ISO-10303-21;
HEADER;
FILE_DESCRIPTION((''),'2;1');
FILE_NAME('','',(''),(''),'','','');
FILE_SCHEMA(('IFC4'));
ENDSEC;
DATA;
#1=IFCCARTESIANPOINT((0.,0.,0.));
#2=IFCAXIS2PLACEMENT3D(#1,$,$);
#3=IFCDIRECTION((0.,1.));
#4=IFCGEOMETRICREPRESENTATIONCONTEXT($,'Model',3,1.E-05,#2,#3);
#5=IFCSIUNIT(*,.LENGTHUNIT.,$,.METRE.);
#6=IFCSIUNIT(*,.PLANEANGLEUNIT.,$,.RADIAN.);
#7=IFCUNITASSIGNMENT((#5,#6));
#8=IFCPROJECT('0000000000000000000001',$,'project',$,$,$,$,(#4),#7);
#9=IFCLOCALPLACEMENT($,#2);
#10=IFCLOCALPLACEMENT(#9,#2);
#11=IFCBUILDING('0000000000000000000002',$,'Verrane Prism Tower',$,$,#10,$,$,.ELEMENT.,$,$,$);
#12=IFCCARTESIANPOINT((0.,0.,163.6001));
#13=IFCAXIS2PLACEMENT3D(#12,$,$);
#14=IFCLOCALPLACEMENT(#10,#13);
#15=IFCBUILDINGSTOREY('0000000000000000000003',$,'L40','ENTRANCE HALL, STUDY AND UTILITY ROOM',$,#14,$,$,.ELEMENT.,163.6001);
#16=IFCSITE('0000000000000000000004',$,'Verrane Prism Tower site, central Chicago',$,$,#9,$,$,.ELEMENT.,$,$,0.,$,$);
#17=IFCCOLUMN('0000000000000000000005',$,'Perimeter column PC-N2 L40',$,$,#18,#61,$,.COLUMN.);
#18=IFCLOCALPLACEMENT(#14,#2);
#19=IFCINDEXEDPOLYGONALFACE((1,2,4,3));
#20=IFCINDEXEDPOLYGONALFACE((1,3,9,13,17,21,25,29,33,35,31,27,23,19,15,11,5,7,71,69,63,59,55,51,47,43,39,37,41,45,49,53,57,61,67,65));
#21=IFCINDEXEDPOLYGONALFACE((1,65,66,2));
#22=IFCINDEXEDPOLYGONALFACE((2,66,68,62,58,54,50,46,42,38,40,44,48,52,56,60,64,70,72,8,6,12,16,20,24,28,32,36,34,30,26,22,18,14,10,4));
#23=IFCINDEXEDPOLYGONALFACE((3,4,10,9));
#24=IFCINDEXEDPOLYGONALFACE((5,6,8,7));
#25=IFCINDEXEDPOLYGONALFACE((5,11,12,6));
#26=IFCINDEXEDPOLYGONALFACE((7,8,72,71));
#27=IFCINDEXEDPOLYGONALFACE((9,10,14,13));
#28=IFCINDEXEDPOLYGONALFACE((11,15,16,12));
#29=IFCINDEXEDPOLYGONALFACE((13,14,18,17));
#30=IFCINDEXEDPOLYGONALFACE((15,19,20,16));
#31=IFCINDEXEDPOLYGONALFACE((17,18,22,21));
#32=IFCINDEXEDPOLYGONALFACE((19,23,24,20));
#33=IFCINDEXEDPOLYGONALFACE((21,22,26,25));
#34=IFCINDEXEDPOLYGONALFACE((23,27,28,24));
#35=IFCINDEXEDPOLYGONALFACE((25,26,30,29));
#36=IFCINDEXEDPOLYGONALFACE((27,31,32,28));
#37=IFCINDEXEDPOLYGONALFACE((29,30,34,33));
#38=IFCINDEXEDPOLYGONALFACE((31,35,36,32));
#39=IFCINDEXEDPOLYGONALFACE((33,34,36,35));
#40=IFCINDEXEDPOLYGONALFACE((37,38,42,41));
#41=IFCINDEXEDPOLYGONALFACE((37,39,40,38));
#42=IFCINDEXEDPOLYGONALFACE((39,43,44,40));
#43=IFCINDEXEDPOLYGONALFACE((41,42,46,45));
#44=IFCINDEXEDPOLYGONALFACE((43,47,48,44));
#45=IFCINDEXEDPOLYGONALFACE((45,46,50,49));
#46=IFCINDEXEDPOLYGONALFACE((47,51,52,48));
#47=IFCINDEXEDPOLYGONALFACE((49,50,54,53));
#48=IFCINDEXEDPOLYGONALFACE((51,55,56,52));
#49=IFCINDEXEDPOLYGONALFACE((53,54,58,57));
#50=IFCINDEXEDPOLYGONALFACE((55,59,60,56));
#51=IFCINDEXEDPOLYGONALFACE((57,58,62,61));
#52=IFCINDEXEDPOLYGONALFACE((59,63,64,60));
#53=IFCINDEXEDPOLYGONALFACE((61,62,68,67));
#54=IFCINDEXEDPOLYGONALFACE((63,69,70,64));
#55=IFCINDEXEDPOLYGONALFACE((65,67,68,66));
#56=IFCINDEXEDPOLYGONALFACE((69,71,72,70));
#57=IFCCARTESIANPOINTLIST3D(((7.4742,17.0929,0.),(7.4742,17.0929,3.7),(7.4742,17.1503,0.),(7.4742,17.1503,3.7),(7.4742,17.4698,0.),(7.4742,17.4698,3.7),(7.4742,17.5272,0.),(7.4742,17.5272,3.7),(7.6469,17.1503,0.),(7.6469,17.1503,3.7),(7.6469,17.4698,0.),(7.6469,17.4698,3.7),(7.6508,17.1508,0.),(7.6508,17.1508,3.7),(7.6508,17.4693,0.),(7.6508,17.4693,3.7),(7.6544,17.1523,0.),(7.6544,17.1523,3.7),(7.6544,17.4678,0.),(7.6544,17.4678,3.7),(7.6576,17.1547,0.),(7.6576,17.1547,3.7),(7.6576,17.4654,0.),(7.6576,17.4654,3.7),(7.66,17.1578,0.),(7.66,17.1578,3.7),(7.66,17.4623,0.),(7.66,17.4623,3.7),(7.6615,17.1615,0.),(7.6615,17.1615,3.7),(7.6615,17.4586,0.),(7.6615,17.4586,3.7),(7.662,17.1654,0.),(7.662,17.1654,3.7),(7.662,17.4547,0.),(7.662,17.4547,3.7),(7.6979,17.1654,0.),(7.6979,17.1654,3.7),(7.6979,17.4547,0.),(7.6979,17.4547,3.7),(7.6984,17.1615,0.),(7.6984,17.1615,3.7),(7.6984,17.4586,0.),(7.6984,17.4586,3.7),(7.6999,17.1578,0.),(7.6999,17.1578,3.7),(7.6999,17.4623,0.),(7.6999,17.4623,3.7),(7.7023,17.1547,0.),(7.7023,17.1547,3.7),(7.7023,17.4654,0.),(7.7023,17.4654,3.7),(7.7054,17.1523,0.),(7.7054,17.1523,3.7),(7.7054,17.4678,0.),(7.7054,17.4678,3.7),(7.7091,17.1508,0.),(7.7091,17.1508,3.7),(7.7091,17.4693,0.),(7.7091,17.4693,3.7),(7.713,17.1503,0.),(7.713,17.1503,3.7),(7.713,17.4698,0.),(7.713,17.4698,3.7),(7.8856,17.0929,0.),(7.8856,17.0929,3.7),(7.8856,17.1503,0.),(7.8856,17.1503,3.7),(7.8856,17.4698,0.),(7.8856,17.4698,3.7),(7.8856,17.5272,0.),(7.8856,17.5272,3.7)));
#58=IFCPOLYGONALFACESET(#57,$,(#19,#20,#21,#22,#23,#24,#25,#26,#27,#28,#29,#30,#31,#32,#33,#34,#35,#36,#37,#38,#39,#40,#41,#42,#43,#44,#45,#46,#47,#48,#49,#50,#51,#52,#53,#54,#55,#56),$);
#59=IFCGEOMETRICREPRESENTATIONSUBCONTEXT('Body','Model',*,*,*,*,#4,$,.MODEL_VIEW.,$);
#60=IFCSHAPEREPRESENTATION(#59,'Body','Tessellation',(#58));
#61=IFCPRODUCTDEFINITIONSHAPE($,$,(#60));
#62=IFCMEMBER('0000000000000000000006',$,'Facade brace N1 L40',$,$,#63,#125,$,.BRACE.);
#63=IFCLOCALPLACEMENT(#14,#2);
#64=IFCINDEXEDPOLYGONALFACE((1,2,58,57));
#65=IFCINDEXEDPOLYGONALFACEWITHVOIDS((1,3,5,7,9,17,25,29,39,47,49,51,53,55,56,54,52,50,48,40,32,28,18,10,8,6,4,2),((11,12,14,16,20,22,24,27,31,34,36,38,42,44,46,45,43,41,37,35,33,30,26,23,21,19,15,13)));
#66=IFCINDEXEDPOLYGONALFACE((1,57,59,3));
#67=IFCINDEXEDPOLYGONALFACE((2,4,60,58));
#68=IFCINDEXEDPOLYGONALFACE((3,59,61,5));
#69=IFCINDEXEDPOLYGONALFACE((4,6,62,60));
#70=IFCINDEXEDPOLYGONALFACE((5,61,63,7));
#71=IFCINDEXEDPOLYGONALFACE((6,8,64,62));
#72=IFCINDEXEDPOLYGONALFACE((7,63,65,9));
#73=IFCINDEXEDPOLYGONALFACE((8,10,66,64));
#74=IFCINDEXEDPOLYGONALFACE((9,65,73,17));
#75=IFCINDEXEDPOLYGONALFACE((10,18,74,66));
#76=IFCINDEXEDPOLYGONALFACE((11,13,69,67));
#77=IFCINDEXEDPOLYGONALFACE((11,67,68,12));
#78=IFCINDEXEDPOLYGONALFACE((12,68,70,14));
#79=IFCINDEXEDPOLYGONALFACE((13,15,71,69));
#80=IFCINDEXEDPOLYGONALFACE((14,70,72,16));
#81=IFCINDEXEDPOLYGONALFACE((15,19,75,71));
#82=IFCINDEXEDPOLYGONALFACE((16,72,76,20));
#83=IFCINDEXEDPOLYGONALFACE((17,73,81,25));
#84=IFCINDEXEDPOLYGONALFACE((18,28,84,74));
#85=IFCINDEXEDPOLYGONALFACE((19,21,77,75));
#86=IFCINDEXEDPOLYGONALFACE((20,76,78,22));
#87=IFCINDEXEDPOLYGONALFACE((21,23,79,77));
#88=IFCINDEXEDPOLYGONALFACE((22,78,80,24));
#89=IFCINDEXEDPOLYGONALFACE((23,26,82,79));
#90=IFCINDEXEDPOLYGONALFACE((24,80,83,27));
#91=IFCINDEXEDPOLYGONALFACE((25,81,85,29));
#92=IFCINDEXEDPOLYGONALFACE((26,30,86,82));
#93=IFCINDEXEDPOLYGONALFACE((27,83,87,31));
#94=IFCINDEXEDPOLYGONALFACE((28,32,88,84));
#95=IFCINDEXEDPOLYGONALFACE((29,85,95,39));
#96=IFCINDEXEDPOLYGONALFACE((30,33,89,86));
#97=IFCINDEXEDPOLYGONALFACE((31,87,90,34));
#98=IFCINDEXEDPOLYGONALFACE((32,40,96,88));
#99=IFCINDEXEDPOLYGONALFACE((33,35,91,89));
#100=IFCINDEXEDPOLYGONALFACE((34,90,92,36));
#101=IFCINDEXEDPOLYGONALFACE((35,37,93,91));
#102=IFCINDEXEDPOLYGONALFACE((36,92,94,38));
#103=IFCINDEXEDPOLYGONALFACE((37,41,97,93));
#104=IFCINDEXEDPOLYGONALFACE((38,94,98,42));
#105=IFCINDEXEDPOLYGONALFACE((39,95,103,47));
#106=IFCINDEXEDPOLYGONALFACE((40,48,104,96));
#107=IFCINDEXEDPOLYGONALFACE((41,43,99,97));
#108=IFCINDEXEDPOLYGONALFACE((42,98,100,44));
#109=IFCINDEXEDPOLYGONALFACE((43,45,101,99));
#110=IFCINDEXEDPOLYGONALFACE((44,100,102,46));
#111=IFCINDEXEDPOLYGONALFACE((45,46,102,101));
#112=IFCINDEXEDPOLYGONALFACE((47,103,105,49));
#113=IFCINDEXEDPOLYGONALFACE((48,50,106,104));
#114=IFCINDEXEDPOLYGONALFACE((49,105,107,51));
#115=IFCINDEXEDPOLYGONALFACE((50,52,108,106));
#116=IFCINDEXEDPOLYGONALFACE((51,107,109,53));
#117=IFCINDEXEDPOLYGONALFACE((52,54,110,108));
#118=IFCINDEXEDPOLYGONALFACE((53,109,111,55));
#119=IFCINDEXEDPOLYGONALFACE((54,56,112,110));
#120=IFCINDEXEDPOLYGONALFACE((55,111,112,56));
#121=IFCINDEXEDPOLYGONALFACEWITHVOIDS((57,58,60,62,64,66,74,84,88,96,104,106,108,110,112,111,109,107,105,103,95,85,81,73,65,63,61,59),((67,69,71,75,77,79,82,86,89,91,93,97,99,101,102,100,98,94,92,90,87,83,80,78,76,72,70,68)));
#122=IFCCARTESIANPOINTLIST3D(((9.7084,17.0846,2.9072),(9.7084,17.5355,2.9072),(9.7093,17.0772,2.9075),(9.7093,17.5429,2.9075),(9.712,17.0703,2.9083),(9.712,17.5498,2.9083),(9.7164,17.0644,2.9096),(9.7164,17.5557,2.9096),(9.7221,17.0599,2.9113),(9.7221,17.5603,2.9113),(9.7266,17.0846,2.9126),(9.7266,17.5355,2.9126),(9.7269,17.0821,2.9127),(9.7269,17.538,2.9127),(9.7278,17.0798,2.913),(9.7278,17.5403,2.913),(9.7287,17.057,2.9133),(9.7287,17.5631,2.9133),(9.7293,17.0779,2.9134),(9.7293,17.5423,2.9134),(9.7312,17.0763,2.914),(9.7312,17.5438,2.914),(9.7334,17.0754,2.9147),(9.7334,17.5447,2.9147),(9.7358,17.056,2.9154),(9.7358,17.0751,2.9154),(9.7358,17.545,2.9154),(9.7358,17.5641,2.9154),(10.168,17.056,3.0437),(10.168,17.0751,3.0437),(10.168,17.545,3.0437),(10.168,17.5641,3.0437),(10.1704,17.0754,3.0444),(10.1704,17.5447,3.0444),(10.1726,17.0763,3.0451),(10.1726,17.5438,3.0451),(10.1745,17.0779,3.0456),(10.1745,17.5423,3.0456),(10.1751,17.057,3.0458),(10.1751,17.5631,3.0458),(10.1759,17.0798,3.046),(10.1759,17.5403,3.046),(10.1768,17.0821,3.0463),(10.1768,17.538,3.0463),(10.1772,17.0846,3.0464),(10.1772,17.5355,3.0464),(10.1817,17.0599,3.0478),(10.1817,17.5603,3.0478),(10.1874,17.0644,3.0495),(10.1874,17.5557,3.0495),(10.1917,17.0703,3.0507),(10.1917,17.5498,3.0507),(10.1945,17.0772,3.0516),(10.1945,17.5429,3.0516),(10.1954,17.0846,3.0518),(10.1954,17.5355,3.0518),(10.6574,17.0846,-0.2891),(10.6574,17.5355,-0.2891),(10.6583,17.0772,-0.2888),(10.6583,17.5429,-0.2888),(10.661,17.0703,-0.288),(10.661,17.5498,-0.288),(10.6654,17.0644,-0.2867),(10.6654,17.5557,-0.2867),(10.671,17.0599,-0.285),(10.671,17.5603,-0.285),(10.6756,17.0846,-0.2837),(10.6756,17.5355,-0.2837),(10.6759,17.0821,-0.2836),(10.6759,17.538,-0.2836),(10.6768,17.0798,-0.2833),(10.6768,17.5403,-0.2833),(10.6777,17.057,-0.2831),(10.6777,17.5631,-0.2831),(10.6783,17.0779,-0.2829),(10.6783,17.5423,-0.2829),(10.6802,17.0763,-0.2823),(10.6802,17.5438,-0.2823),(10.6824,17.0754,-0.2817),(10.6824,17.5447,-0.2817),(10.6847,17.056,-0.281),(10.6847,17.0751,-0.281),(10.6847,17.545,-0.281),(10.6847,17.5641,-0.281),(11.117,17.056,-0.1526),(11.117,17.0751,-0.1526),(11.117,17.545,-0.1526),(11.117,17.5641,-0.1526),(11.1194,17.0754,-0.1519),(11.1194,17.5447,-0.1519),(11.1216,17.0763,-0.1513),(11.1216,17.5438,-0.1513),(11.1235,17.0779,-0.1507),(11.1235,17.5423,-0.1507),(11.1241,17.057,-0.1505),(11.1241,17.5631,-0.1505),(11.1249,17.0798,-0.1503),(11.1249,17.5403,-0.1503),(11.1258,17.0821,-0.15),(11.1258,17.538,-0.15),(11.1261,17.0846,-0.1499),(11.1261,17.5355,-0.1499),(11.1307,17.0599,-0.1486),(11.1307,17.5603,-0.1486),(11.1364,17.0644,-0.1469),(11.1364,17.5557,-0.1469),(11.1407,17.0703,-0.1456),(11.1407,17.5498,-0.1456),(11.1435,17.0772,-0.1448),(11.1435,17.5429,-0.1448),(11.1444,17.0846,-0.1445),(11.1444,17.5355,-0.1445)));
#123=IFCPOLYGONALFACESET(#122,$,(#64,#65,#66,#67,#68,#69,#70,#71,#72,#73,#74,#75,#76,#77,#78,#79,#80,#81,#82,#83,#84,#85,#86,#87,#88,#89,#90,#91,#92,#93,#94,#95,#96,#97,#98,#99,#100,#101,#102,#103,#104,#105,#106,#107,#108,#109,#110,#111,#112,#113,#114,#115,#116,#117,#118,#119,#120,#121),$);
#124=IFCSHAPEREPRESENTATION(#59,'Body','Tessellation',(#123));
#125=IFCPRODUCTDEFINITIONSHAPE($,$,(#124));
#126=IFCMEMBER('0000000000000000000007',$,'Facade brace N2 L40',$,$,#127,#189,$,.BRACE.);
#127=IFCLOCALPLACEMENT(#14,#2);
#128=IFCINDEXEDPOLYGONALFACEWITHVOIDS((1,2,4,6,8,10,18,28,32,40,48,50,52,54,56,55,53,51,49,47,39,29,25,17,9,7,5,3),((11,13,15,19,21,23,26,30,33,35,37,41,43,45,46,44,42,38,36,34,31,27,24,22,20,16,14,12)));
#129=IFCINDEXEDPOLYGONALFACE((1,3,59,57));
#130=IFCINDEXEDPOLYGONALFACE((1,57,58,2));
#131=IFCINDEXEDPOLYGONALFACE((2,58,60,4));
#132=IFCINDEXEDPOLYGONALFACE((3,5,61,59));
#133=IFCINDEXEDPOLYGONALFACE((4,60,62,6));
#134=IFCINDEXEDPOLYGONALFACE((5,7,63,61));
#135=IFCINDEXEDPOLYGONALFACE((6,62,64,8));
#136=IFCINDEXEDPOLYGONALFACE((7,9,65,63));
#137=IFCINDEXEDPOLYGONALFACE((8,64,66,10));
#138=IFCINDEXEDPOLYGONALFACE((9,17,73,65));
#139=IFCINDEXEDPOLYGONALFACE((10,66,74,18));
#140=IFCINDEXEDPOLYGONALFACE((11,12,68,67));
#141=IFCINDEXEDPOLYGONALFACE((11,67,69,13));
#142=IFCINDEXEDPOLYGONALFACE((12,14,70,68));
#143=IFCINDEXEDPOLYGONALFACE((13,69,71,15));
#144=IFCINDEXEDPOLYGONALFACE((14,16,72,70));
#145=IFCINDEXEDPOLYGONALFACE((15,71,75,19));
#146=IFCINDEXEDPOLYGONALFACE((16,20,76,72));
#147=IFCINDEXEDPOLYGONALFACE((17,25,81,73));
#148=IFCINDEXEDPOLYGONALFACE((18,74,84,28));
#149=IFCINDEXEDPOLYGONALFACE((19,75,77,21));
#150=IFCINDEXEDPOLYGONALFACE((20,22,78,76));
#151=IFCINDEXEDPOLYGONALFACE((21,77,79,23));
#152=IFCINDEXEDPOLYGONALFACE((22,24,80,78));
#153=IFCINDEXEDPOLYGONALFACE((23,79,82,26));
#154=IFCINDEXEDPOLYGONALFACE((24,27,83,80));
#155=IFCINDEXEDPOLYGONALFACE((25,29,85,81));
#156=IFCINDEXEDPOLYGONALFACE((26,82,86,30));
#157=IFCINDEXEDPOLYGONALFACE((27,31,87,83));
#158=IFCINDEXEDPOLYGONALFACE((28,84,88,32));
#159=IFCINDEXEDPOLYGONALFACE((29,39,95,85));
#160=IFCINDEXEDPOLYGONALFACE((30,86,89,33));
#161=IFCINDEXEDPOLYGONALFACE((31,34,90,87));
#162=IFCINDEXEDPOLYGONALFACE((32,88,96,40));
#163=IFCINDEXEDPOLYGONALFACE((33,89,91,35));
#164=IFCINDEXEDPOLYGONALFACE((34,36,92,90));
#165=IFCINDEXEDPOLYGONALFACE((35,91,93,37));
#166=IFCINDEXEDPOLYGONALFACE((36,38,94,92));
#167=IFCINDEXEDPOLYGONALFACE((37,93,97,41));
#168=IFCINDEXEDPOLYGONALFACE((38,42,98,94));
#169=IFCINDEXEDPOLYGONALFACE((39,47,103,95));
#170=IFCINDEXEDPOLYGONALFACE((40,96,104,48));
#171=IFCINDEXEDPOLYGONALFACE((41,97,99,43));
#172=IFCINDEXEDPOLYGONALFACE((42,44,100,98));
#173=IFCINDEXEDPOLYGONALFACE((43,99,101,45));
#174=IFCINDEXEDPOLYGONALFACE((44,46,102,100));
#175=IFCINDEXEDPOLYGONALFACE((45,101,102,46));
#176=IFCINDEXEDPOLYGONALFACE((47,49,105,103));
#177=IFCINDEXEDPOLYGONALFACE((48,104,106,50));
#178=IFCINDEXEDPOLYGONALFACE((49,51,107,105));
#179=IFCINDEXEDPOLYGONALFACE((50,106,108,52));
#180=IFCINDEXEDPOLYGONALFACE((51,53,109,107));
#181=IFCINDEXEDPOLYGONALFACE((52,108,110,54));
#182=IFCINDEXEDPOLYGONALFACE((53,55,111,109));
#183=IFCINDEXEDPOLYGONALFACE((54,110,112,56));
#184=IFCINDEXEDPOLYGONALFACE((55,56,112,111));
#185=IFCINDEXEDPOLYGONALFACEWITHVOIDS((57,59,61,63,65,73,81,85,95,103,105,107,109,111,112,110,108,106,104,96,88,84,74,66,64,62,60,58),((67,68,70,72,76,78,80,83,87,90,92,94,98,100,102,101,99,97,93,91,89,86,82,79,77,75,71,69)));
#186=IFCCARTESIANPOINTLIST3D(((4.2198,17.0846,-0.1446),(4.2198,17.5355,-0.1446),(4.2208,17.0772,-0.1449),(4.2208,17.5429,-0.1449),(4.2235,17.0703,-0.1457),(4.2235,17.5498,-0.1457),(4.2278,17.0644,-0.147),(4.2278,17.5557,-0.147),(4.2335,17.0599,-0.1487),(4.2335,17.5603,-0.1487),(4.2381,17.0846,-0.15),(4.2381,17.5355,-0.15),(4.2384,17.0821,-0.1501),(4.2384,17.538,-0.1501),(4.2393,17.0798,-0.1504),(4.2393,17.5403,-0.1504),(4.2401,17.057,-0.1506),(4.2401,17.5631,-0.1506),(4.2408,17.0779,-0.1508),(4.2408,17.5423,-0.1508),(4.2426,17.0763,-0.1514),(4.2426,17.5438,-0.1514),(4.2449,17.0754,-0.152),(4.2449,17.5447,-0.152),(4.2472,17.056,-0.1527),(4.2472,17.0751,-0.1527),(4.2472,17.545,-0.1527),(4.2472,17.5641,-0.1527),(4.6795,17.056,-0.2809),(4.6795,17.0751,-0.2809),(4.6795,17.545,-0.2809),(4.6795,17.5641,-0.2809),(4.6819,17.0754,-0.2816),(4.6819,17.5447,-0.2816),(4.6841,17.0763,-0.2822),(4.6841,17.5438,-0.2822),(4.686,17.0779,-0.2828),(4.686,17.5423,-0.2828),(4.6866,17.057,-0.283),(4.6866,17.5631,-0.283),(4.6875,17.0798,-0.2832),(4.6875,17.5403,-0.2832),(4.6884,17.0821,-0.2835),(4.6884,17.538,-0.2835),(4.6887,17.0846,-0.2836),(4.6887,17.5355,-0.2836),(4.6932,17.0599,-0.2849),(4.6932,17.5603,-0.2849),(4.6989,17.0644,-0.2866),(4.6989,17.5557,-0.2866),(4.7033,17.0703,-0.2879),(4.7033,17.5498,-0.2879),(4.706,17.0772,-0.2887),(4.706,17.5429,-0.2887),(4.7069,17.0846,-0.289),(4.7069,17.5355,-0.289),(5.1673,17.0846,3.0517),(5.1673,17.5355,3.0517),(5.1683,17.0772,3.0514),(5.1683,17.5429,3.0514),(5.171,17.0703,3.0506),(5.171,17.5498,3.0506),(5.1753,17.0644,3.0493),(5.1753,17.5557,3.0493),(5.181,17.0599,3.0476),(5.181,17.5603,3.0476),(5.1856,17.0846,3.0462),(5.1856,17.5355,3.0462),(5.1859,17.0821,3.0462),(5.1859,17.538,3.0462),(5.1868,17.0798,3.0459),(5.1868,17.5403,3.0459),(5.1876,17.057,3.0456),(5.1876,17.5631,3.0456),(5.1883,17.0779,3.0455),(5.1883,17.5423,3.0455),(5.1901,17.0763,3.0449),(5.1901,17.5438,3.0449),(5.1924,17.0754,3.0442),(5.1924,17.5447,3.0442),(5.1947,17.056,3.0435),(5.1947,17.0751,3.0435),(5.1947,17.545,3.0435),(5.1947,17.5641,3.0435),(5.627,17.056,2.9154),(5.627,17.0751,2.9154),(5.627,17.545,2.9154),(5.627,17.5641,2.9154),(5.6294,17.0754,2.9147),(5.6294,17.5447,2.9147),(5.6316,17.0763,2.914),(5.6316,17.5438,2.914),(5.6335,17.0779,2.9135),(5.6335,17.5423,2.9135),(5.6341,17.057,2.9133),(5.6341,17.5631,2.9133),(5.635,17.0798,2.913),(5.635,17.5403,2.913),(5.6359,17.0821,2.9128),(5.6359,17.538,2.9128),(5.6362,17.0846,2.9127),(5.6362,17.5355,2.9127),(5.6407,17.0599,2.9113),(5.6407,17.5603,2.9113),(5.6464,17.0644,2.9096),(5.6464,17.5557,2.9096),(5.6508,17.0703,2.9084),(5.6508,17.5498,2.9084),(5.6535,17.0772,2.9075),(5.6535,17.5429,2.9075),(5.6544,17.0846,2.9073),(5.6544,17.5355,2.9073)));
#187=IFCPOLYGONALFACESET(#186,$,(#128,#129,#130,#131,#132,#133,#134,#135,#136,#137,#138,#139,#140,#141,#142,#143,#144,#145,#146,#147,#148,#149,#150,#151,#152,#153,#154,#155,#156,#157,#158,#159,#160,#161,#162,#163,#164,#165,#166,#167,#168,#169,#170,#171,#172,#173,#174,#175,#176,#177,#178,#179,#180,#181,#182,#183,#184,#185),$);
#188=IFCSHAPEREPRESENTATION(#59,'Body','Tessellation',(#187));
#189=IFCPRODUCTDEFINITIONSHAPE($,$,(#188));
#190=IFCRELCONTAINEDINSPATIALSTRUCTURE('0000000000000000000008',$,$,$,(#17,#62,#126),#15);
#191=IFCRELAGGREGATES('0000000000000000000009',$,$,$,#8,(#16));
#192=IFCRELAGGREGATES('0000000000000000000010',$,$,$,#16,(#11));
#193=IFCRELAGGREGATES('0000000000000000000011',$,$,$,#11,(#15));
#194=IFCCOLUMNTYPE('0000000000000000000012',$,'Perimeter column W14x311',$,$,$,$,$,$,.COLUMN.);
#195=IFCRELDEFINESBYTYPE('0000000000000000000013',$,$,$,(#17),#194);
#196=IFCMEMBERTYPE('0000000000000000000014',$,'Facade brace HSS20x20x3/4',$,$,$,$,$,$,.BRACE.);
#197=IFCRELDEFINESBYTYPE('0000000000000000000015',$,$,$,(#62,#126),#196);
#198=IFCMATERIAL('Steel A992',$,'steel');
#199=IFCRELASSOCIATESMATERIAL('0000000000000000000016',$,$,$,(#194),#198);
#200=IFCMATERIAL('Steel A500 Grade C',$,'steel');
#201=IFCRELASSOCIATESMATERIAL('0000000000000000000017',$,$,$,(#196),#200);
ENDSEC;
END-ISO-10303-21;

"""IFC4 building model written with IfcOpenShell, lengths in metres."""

from ifc_helpers import new_model, si_unit, direction, frame, origin, origin_2d, place, context, subcontext, project, spatial, hollow_rectangle, i_section, extrude, material, material_profile, profile_set, type_object, element, save


model = new_model("IFC4")

# Units and contexts
model_context = context("Model", 3, precision=1e-05, world=origin(), true_north=direction((0.0, 1.0)))
body_context = subcontext(model_context, "Body", "Model", "MODEL_VIEW")
ifc_project = project(units=[si_unit("LENGTHUNIT", "METRE"), si_unit("PLANEANGLEUNIT", "RADIAN")], contexts=[model_context])

# Site, building, storey
site_placement = place(None, origin())
site = spatial("IfcSite", under=ifc_project, at=site_placement, Name="Verrane Prism Tower site, central Chicago", CompositionType="ELEMENT", RefElevation=0.0)
building_placement = place(site_placement, origin())
building = spatial("IfcBuilding", under=site, at=building_placement, Name="Verrane Prism Tower", CompositionType="ELEMENT")
storey_placement = place(building_placement, frame((0.0, 0.0, 163.6001)))
storey = spatial("IfcBuildingStorey", under=building, at=storey_placement, Name="L40", Description="ENTRANCE HALL, STUDY AND UTILITY ROOM", CompositionType="ELEMENT", Elevation=163.6001)

# Column
ifc_material_1 = material(Name="Steel A992", Category="steel")
ifc_material_profile_1 = material_profile(ifc_material_1, i_section(OverallWidth=0.4114, OverallDepth=0.4343, WebThickness=0.0359, FlangeThickness=0.0574, FilletRadius=0.0151, at=origin_2d()), Name="W14x311")
ifc_profile_set_1 = profile_set([ifc_material_profile_1], Name="Steel A992")
column_type = type_object("IfcColumnType", Name="Perimeter column W14x311", PredefinedType="COLUMN", material=ifc_profile_set_1)
column_placement = place(storey_placement, frame((7.6799, 17.3101, 0.0), z_axis=(0.0, 0.0, 1.0), x_axis=(1.0, 0.0, 0.0)))
element("IfcColumn", 1, at=column_placement, inside=storey, type_object=column_type, Name="Perimeter column PC-N2 L40", PredefinedType="COLUMN", context=body_context, shape_type="SweptSolid", body=[
    extrude(i_section(OverallWidth=0.4114, OverallDepth=0.4343, WebThickness=0.0359, FlangeThickness=0.0574, FilletRadius=0.0151, at=origin_2d()), origin(), (0.0, 0.0, 1.0), 3.7),
])

# Members
ifc_material_2 = material(Name="Steel A500 Grade C", Category="steel")
ifc_material_profile_2 = material_profile(ifc_material_2, hollow_rectangle(XDim=0.5081, YDim=0.5081, WallThickness=0.019, InnerFilletRadius=0.0095, OuterFilletRadius=0.0286, at=origin_2d()), Name="HSS20x20x3/4")
ifc_profile_set_2 = profile_set([ifc_material_profile_2], Name="Steel A500 Grade C")
member_type_1 = type_object("IfcMemberType", Name="Facade brace HSS20x20x3/4", PredefinedType="BRACE", material=ifc_profile_set_2)
member_1_placement = place(storey_placement, frame((10.9009, 17.3101, -0.2168), z_axis=(-0.284619, 0.0, 0.958641), x_axis=(0.0, -1.0, 0.0)))
element("IfcMember", 2, at=member_1_placement, inside=storey, type_object=member_type_1, Name="Facade brace N1 L40", PredefinedType="BRACE", context=body_context, shape_type="SweptSolid", body=[
    extrude(hollow_rectangle(XDim=0.5081, YDim=0.5081, WallThickness=0.019, InnerFilletRadius=0.0095, OuterFilletRadius=0.0286, at=origin_2d()), origin(), (0.0, 0.0, 1.0), 3.3342),
])
member_2_placement = place(storey_placement, frame((4.4634, 17.3101, -0.2168), z_axis=(0.284215, 0.0, 0.95876), x_axis=(0.0, 1.0, 0.0)))
element("IfcMember", 3, at=member_2_placement, inside=storey, type_object=member_type_1, Name="Facade brace N2 L40", PredefinedType="BRACE", context=body_context, shape_type="SweptSolid", body=[
    extrude(hollow_rectangle(XDim=0.5081, YDim=0.5081, WallThickness=0.019, InnerFilletRadius=0.0095, OuterFilletRadius=0.0286, at=origin_2d()), origin(), (0.0, 0.0, 1.0), 3.3337),
])

save(model, "model.ifc")
